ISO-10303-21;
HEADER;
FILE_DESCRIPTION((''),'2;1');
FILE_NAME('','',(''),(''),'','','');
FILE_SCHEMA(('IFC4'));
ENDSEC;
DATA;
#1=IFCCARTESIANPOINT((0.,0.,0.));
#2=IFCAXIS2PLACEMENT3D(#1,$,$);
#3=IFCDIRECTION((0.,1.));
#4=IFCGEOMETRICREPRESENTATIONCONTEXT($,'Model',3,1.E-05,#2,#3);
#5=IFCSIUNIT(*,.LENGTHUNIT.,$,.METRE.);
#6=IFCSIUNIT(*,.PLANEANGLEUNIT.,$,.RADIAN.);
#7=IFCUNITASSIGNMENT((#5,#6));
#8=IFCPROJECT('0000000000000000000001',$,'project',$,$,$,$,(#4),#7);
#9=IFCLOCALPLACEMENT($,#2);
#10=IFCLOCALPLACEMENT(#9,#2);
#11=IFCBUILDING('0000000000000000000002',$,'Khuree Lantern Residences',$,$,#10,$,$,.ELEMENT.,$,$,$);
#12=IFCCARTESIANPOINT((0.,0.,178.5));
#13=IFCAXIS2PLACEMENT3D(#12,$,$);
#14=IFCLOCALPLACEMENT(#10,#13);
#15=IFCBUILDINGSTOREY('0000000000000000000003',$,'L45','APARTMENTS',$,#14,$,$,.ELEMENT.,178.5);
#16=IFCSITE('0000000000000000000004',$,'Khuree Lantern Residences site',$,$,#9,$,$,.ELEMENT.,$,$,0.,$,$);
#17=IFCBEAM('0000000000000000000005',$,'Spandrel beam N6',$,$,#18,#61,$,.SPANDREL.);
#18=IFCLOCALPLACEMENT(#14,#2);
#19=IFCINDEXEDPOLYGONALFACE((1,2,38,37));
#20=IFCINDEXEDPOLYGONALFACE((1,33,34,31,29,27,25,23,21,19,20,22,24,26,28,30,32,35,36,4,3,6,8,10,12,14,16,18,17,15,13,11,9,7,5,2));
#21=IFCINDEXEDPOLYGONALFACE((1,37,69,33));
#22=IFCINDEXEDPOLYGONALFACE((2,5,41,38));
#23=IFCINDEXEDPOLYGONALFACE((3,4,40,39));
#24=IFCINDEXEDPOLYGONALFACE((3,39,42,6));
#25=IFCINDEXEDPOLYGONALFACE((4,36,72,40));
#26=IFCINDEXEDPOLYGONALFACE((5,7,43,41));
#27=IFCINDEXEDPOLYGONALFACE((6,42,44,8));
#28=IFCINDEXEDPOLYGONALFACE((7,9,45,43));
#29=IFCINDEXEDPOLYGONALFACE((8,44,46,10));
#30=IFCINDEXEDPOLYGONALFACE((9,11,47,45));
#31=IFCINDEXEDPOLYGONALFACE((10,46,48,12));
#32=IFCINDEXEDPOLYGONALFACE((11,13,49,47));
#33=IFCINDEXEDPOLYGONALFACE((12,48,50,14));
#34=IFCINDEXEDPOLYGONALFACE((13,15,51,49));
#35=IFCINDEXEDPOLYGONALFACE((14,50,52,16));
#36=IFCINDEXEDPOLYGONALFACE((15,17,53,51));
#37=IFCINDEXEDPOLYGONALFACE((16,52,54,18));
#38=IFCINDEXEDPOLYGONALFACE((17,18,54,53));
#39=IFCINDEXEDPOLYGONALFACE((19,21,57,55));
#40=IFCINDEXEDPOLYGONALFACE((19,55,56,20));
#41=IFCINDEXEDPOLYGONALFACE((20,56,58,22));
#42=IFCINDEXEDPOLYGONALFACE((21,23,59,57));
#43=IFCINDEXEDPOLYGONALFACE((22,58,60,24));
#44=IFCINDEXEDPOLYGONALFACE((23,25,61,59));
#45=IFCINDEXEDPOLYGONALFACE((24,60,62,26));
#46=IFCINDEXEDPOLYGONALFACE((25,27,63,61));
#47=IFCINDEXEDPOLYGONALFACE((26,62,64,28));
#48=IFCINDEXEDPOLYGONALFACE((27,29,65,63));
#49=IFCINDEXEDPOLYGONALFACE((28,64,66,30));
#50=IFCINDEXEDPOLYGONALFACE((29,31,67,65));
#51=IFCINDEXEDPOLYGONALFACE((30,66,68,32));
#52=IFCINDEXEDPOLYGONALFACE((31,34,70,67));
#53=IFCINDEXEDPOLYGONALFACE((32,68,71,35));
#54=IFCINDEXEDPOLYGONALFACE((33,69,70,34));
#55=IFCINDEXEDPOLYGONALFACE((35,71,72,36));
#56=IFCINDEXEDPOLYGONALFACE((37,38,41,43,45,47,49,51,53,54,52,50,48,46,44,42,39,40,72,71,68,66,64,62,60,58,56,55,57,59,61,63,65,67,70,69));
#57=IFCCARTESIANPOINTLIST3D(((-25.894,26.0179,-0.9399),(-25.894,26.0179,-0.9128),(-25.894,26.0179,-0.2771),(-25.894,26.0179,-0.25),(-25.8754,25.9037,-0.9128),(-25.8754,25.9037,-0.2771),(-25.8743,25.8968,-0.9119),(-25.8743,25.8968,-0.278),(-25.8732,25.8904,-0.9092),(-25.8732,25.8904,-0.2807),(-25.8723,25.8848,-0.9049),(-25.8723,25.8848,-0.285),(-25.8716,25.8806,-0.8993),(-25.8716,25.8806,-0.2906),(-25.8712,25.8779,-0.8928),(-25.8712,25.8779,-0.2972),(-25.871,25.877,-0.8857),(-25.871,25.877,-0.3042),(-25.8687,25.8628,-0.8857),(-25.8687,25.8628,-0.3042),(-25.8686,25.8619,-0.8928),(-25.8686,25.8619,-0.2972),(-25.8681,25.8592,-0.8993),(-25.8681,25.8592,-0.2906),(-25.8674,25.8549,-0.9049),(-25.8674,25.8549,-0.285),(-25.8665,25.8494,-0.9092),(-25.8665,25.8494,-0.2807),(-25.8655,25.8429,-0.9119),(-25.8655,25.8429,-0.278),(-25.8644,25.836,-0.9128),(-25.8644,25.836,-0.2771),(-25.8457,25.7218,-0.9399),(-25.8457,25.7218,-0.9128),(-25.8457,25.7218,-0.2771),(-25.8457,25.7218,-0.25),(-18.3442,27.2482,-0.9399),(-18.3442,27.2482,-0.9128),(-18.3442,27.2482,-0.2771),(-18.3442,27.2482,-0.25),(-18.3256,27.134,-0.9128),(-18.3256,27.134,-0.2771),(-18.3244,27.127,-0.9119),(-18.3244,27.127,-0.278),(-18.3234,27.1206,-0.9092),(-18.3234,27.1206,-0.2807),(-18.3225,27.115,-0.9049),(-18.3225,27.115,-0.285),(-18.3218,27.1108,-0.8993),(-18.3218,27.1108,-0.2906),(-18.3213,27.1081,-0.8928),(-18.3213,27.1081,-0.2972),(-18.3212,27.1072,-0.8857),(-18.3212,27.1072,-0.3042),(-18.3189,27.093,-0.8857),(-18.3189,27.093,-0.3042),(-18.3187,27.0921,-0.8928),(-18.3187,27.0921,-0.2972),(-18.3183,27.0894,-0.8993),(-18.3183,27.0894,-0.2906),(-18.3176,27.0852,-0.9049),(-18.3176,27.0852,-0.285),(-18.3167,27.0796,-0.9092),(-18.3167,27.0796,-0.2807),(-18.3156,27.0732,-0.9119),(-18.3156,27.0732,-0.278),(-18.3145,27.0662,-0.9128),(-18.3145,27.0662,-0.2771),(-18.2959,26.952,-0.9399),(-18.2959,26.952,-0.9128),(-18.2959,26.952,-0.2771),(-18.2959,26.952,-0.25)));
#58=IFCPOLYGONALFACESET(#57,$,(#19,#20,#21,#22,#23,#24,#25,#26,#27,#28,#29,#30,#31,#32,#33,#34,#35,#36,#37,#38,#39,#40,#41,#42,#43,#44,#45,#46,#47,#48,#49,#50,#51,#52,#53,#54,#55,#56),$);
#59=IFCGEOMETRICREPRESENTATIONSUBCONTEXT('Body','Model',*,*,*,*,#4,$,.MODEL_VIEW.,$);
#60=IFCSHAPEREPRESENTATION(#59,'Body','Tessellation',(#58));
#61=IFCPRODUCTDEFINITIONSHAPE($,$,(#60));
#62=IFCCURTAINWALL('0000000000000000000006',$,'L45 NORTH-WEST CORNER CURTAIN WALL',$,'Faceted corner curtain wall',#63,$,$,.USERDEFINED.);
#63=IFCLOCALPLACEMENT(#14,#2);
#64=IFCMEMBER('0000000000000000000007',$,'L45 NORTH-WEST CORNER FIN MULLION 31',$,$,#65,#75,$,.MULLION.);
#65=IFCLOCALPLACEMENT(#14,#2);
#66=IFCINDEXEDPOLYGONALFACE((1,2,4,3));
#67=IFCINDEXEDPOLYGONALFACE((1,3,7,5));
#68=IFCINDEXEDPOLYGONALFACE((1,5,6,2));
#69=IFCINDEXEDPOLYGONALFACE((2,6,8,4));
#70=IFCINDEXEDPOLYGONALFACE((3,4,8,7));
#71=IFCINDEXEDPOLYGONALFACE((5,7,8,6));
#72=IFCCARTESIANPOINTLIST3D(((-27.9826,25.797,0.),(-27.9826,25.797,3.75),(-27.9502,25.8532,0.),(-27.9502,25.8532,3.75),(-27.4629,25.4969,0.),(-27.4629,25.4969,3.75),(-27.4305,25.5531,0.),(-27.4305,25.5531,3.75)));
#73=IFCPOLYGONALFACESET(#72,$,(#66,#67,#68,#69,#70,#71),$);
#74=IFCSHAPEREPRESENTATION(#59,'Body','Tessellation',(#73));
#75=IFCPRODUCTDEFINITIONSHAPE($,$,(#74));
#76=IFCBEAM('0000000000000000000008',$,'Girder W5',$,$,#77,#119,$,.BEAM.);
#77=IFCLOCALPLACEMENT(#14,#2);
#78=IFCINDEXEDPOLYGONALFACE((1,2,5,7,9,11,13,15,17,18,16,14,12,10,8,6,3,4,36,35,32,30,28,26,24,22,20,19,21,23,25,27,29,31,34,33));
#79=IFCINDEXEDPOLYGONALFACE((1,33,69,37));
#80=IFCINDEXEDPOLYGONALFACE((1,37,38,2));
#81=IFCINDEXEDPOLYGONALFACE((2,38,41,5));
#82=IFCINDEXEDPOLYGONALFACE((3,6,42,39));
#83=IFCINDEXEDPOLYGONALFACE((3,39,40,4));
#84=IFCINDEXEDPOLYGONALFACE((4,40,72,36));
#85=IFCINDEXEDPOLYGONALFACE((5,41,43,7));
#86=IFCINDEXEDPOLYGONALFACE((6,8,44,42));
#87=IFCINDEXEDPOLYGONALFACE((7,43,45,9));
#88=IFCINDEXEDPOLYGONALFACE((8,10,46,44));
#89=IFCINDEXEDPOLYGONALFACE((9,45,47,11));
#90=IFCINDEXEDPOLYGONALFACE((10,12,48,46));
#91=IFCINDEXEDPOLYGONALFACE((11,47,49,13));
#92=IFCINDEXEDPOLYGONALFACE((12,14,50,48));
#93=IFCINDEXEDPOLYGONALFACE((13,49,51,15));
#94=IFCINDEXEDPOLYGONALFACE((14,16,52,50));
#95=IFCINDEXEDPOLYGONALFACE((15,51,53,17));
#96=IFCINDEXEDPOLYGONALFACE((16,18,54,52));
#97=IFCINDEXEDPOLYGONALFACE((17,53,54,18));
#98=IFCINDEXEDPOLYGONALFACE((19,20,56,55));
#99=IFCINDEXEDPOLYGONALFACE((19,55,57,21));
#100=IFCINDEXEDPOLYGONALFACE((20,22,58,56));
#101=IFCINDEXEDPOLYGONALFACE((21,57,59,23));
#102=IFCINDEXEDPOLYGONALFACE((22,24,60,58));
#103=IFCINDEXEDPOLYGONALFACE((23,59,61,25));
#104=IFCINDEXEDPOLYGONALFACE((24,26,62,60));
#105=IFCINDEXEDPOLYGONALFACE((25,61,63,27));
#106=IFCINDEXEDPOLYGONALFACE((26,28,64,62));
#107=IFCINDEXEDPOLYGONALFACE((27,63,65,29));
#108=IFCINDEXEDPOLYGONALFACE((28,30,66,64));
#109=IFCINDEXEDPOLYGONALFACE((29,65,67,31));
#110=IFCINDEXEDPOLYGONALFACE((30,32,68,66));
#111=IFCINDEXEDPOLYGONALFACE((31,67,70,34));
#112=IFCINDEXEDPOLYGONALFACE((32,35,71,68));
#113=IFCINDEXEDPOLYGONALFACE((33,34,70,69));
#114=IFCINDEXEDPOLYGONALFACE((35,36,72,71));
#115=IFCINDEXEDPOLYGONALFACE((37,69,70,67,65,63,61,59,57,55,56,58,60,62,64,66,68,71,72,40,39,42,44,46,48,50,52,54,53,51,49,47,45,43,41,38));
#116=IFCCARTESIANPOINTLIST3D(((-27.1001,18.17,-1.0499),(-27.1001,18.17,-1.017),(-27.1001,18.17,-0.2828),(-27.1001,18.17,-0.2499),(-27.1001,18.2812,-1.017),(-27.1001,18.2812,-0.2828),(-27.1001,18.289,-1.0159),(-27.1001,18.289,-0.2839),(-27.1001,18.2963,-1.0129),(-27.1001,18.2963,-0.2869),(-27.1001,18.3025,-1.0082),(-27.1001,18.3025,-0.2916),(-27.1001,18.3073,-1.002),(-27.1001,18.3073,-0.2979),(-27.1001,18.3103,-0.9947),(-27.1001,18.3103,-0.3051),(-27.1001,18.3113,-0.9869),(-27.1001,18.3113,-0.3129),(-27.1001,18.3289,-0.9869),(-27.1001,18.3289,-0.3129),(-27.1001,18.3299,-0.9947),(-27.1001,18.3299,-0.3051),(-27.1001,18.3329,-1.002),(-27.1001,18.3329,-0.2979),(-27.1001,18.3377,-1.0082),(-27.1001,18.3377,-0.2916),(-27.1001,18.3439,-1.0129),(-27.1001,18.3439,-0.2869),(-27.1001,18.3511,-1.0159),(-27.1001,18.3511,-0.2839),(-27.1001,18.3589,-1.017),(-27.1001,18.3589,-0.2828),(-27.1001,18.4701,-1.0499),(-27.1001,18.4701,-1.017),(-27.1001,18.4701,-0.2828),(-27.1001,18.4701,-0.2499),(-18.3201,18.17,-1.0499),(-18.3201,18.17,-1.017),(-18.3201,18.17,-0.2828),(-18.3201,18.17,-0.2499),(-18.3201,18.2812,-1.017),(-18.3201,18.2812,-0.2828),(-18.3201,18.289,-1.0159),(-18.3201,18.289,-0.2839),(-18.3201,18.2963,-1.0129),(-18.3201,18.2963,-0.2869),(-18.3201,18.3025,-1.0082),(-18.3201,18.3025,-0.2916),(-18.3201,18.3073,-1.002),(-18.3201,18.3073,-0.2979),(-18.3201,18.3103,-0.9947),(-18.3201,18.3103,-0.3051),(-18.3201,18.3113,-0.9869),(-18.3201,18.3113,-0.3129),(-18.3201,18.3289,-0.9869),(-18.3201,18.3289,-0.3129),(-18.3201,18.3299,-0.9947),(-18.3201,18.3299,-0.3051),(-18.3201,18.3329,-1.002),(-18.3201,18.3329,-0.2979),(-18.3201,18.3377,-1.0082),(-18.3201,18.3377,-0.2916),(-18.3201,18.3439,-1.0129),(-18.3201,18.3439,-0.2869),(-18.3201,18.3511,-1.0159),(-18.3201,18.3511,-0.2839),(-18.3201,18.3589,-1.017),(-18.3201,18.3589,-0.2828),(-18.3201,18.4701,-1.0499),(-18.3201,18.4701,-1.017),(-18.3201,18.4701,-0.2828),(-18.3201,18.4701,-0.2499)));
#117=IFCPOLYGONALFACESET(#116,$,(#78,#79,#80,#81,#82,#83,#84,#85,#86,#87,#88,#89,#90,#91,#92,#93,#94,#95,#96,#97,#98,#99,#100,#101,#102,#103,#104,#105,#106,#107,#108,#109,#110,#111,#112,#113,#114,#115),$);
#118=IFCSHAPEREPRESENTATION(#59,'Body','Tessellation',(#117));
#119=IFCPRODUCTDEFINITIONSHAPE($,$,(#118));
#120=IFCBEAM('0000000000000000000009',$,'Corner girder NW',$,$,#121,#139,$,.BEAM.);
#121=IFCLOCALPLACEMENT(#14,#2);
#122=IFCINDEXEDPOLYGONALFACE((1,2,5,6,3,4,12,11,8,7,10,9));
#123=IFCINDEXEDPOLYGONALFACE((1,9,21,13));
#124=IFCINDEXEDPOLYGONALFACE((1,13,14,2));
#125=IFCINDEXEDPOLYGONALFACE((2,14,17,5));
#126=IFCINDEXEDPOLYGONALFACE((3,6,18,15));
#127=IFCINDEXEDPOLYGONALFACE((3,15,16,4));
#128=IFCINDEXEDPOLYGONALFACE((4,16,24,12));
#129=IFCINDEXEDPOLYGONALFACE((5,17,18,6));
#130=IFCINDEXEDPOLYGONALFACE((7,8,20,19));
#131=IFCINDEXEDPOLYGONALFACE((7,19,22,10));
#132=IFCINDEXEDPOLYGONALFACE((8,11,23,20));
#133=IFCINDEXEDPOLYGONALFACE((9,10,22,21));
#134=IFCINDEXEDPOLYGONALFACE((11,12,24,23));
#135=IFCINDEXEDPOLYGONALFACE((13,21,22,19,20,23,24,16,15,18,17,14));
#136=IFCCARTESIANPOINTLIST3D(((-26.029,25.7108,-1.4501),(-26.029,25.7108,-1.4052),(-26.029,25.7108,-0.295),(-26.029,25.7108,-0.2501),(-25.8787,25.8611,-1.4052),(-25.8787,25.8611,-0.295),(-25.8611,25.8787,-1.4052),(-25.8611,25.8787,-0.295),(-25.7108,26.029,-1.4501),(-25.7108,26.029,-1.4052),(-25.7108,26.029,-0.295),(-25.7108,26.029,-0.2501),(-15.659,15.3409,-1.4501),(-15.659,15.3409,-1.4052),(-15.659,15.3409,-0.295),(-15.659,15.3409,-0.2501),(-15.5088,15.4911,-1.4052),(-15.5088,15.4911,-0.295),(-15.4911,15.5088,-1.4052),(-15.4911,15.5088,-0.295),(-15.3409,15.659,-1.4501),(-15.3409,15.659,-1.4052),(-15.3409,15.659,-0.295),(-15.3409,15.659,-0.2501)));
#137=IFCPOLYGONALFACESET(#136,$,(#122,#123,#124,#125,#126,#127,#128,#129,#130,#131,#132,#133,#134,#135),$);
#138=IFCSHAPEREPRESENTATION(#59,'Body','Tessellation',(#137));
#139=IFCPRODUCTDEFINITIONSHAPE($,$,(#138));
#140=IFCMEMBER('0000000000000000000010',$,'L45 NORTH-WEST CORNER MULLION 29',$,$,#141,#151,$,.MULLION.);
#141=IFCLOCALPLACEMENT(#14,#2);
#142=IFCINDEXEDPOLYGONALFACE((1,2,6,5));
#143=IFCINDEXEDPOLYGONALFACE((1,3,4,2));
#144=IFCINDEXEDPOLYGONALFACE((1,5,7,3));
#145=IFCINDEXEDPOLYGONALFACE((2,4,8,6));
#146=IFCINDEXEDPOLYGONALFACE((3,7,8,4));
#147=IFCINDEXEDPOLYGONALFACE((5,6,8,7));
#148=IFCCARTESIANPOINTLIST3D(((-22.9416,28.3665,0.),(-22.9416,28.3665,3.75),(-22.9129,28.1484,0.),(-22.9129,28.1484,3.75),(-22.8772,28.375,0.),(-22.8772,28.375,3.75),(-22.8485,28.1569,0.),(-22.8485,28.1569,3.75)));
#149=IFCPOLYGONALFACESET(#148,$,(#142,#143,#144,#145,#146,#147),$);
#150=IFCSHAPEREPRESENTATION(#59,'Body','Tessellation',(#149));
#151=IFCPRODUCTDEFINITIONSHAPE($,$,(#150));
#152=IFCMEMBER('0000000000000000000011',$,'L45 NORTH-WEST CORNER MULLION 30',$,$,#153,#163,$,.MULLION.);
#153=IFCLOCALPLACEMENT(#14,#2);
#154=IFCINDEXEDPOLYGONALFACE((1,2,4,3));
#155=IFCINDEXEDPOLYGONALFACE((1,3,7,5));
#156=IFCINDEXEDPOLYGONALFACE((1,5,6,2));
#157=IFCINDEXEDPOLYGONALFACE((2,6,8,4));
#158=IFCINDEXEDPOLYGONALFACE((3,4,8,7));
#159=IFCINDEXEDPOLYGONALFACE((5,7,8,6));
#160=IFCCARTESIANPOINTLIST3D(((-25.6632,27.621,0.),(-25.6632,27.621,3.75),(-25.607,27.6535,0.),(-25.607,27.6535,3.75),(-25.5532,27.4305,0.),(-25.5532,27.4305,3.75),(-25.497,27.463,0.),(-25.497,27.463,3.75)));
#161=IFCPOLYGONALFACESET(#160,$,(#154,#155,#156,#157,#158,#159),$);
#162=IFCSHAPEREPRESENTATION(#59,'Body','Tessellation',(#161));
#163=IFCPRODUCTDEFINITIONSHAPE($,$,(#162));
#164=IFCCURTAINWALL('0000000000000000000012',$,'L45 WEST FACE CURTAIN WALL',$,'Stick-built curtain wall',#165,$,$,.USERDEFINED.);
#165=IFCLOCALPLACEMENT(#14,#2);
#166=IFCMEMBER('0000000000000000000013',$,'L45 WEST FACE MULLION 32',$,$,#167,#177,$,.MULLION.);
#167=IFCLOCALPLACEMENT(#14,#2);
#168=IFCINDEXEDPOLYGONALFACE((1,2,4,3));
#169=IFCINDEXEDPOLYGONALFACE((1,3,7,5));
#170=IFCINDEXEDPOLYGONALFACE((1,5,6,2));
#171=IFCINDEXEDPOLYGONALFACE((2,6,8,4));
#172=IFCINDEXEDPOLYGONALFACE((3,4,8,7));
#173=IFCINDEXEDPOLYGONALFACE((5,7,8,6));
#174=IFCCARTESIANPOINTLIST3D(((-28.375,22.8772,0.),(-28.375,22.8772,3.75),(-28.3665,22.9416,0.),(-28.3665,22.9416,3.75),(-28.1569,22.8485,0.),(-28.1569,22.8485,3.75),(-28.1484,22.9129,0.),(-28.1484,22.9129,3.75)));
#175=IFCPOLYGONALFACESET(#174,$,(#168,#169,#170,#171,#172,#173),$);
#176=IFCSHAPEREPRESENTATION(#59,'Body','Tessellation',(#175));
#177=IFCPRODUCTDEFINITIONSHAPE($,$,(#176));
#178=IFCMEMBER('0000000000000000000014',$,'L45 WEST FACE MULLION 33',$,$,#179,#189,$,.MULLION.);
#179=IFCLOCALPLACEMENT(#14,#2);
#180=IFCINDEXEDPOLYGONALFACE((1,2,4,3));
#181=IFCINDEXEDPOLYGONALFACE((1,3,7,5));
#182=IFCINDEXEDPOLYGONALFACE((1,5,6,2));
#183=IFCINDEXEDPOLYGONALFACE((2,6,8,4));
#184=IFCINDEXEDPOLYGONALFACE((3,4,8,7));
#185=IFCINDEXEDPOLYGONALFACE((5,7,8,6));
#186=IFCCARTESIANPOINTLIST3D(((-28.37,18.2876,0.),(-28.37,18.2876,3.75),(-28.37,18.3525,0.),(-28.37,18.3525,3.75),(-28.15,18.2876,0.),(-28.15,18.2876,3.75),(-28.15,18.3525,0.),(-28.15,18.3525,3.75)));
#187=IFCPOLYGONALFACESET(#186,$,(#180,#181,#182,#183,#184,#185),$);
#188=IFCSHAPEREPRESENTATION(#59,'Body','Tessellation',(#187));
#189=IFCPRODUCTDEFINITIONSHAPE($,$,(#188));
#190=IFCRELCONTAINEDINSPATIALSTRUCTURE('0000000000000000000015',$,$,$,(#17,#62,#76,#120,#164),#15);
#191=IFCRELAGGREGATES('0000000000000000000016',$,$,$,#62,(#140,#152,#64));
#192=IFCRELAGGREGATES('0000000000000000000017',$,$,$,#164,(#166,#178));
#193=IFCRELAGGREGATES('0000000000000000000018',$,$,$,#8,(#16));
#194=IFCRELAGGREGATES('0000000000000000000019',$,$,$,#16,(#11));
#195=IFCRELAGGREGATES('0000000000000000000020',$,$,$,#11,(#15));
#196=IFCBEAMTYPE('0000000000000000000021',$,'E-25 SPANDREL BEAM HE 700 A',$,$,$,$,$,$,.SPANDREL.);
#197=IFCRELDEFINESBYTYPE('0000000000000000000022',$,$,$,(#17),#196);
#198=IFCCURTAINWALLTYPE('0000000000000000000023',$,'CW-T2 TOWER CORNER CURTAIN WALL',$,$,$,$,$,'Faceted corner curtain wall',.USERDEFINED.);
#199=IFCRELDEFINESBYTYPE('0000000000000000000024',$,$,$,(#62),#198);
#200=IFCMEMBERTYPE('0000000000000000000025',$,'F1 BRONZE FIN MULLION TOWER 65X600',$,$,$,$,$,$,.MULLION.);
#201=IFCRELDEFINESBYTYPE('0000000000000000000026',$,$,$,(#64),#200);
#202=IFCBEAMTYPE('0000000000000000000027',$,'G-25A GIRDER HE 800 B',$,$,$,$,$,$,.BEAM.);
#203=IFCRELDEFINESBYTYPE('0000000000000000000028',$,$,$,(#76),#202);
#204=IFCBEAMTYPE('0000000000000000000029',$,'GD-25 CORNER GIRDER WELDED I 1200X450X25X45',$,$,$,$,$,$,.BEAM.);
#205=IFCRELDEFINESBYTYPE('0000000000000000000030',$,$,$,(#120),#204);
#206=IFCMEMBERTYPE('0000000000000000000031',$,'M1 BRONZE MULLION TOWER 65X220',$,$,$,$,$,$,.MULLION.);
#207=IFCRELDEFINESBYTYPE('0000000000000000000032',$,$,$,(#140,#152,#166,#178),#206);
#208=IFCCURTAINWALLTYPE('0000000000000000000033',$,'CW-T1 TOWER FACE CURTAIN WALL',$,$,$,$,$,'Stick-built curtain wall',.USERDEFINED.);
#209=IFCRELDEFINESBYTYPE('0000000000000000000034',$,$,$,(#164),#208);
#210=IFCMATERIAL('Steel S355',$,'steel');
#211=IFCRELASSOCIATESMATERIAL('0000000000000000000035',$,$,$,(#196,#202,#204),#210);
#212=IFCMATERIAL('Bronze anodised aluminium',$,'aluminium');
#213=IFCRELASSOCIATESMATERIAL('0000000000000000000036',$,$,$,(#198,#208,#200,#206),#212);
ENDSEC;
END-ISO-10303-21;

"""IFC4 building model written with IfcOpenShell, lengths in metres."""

from ifc_helpers import new_model, si_unit, direction, frame, origin, origin_2d, place, context, subcontext, project, spatial, rectangle, i_section, extrude, material, material_profile, profile_set, type_object, element, aggregate, save


model = new_model("IFC4")

# Units and contexts
model_context = context("Model", 3, precision=1e-05, world=origin(), true_north=direction((0.0, 1.0)))
body_context = subcontext(model_context, "Body", "Model", "MODEL_VIEW")
ifc_project = project(units=[si_unit("LENGTHUNIT", "METRE"), si_unit("PLANEANGLEUNIT", "RADIAN")], contexts=[model_context])

# Site, building, storey
site_placement = place(None, origin())
site = spatial("IfcSite", under=ifc_project, at=site_placement, Name="Khuree Lantern Residences site", CompositionType="ELEMENT", RefElevation=0.0)
building_placement = place(site_placement, origin())
building = spatial("IfcBuilding", under=site, at=building_placement, Name="Khuree Lantern Residences", CompositionType="ELEMENT")
storey_placement = place(building_placement, frame((0.0, 0.0, 178.5)))
storey = spatial("IfcBuildingStorey", under=building, at=storey_placement, Name="L45", Description="APARTMENTS", CompositionType="ELEMENT", Elevation=178.5)

# Beam
ifc_material_1 = material(Name="Steel S355", Category="steel")
ifc_material_profile_1 = material_profile(ifc_material_1, i_section(OverallWidth=0.3, OverallDepth=0.6899, WebThickness=0.0144, FlangeThickness=0.0271, FilletRadius=0.0271, at=origin_2d()), Name="HE 700 A")
ifc_profile_set_1 = profile_set([ifc_material_profile_1], Name="Steel S355")
beam_type_1 = type_object("IfcBeamType", Name="E-25 SPANDREL BEAM HE 700 A", PredefinedType="SPANDREL", material=ifc_profile_set_1)
for number, where, z_axis, x_axis, name in (
    (1, (-25.8699, 25.8699, -0.595), (0.986983, 0.160827, 0.0), (-0.160827, 0.986983, 0.0), "Spandrel beam N6"),
):
    element("IfcBeam", number, at=place(storey_placement, frame(where, z_axis=z_axis, x_axis=x_axis)), inside=storey, type_object=beam_type_1, Name=name, PredefinedType="SPANDREL", context=body_context, shape_type="SweptSolid", body=[
        extrude(i_section(OverallWidth=0.3, OverallDepth=0.6899, WebThickness=0.0144, FlangeThickness=0.0271, FilletRadius=0.0271, at=origin_2d()), origin(), (0.0, 0.0, 1.0), 7.6494),
    ])

# Curtain wall, member
ifc_material_2 = material(Name="Bronze anodised aluminium", Category="aluminium")
curtain_wall_type_1 = type_object("IfcCurtainWallType", Name="CW-T2 TOWER CORNER CURTAIN WALL", ElementType="Faceted corner curtain wall", PredefinedType="USERDEFINED", material=ifc_material_2)
curtain_wall_1_placement = place(storey_placement, origin())
curtain_wall_1 = element("IfcCurtainWall", 2, at=curtain_wall_1_placement, inside=storey, type_object=curtain_wall_type_1, Name="L45 NORTH-WEST CORNER CURTAIN WALL", ObjectType="Faceted corner curtain wall", PredefinedType="USERDEFINED")
ifc_material_profile_2 = material_profile(ifc_material_2, rectangle(XDim=0.0649, YDim=0.6001, at=origin_2d()), Name="F1 65X600")
ifc_profile_set_2 = profile_set([ifc_material_profile_2], Name="Bronze anodised aluminium")
member_type_1 = type_object("IfcMemberType", Name="F1 BRONZE FIN MULLION TOWER 65X600", PredefinedType="MULLION", material=ifc_profile_set_2)
member_1_placement = place(storey_placement, frame((-27.7065, 25.675, 0.0), z_axis=(0.0, 0.0, 1.0), x_axis=(-0.5, -0.866025, 0.0)))
member_1 = element("IfcMember", 3, at=member_1_placement, type_object=member_type_1, Name="L45 NORTH-WEST CORNER FIN MULLION 31", PredefinedType="MULLION", context=body_context, shape_type="SweptSolid", body=[
    extrude(rectangle(XDim=0.0649, YDim=0.6001, at=origin_2d()), origin(), (0.0, 0.0, 1.0), 3.75),
])

# Beams
ifc_material_profile_3 = material_profile(ifc_material_1, i_section(OverallWidth=0.3, OverallDepth=0.8, WebThickness=0.0176, FlangeThickness=0.033, FilletRadius=0.03, at=origin_2d()), Name="HE 800 B")
ifc_profile_set_3 = profile_set([ifc_material_profile_3], Name="Steel S355")
beam_type_2 = type_object("IfcBeamType", Name="G-25A GIRDER HE 800 B", PredefinedType="BEAM", material=ifc_profile_set_3)
beam_1_placement = place(storey_placement, frame((-27.1001, 18.3201, -0.6499), z_axis=(1.0, 0.0, 0.0), x_axis=(0.0, 1.0, 0.0)))
element("IfcBeam", 4, at=beam_1_placement, inside=storey, type_object=beam_type_2, Name="Girder W5", PredefinedType="BEAM", context=body_context, shape_type="SweptSolid", body=[
    extrude(i_section(OverallWidth=0.3, OverallDepth=0.8, WebThickness=0.0176, FlangeThickness=0.033, FilletRadius=0.03, at=origin_2d()), origin(), (0.0, 0.0, 1.0), 8.78),
])
ifc_material_profile_4 = material_profile(ifc_material_1, i_section(OverallWidth=0.45, OverallDepth=1.2, WebThickness=0.0249, FlangeThickness=0.0449, at=origin_2d()), Name="WELDED I 1200X450X25X45")
ifc_profile_set_4 = profile_set([ifc_material_profile_4], Name="Steel S355")
beam_type_3 = type_object("IfcBeamType", Name="GD-25 CORNER GIRDER WELDED I 1200X450X25X45", PredefinedType="BEAM", material=ifc_profile_set_4)
beam_2_placement = place(storey_placement, frame((-25.8699, 25.8699, -0.8501), z_axis=(0.707107, -0.707107, 0.0), x_axis=(0.707107, 0.707107, 0.0)))
element("IfcBeam", 5, at=beam_2_placement, inside=storey, type_object=beam_type_3, Name="Corner girder NW", PredefinedType="BEAM", context=body_context, shape_type="SweptSolid", body=[
    extrude(i_section(OverallWidth=0.45, OverallDepth=1.2, WebThickness=0.0249, FlangeThickness=0.0449, at=origin_2d()), origin(), (0.0, 0.0, 1.0), 14.6653),
])

# Members
ifc_material_profile_5 = material_profile(ifc_material_2, rectangle(XDim=0.0649, YDim=0.22, at=origin_2d()), Name="M1 65X220")
ifc_profile_set_5 = profile_set([ifc_material_profile_5], Name="Bronze anodised aluminium")
member_type_2 = type_object("IfcMemberType", Name="M1 BRONZE MULLION TOWER 65X220", PredefinedType="MULLION", material=ifc_profile_set_5)
member_2_placement = place(storey_placement, frame((-22.895, 28.2617, 0.0), z_axis=(0.0, 0.0, 1.0), x_axis=(-0.991445, -0.130526, 0.0)))
member_2 = element("IfcMember", 6, at=member_2_placement, type_object=member_type_2, Name="L45 NORTH-WEST CORNER MULLION 29", PredefinedType="MULLION", context=body_context, shape_type="SweptSolid", body=[
    extrude(rectangle(XDim=0.0649, YDim=0.22, at=origin_2d()), origin(), (0.0, 0.0, 1.0), 3.75),
])
member_3_placement = place(storey_placement, frame((-25.5801, 27.542, 0.0), z_axis=(0.0, 0.0, 1.0), x_axis=(-0.866025, -0.5, 0.0)))
member_3 = element("IfcMember", 7, at=member_3_placement, type_object=member_type_2, Name="L45 NORTH-WEST CORNER MULLION 30", PredefinedType="MULLION", context=body_context, shape_type="SweptSolid", body=[
    extrude(rectangle(XDim=0.0649, YDim=0.22, at=origin_2d()), origin(), (0.0, 0.0, 1.0), 3.75),
])

# Curtain wall, members
curtain_wall_type_2 = type_object("IfcCurtainWallType", Name="CW-T1 TOWER FACE CURTAIN WALL", ElementType="Stick-built curtain wall", PredefinedType="USERDEFINED", material=ifc_material_2)
curtain_wall_2_placement = place(storey_placement, origin())
curtain_wall_2 = element("IfcCurtainWall", 8, at=curtain_wall_2_placement, inside=storey, type_object=curtain_wall_type_2, Name="L45 WEST FACE CURTAIN WALL", ObjectType="Stick-built curtain wall", PredefinedType="USERDEFINED")
member_4_placement = place(storey_placement, frame((-28.2617, 22.895, 0.0), z_axis=(0.0, 0.0, 1.0), x_axis=(-0.130526, -0.991445, 0.0)))
member_4 = element("IfcMember", 9, at=member_4_placement, type_object=member_type_2, Name="L45 WEST FACE MULLION 32", PredefinedType="MULLION", context=body_context, shape_type="SweptSolid", body=[
    extrude(rectangle(XDim=0.0649, YDim=0.22, at=origin_2d()), origin(), (0.0, 0.0, 1.0), 3.75),
])
member_5_placement = place(storey_placement, frame((-28.26, 18.3201, 0.0), z_axis=(0.0, 0.0, 1.0), x_axis=(0.0, -1.0, 0.0)))
member_5 = element("IfcMember", 10, at=member_5_placement, type_object=member_type_2, Name="L45 WEST FACE MULLION 33", PredefinedType="MULLION", context=body_context, shape_type="SweptSolid", body=[
    extrude(rectangle(XDim=0.0649, YDim=0.22, at=origin_2d()), origin(), (0.0, 0.0, 1.0), 3.75),
])

aggregate(curtain_wall_1, [member_2, member_3, member_1])

aggregate(curtain_wall_2, [member_4, member_5])

save(model, "model.ifc")
